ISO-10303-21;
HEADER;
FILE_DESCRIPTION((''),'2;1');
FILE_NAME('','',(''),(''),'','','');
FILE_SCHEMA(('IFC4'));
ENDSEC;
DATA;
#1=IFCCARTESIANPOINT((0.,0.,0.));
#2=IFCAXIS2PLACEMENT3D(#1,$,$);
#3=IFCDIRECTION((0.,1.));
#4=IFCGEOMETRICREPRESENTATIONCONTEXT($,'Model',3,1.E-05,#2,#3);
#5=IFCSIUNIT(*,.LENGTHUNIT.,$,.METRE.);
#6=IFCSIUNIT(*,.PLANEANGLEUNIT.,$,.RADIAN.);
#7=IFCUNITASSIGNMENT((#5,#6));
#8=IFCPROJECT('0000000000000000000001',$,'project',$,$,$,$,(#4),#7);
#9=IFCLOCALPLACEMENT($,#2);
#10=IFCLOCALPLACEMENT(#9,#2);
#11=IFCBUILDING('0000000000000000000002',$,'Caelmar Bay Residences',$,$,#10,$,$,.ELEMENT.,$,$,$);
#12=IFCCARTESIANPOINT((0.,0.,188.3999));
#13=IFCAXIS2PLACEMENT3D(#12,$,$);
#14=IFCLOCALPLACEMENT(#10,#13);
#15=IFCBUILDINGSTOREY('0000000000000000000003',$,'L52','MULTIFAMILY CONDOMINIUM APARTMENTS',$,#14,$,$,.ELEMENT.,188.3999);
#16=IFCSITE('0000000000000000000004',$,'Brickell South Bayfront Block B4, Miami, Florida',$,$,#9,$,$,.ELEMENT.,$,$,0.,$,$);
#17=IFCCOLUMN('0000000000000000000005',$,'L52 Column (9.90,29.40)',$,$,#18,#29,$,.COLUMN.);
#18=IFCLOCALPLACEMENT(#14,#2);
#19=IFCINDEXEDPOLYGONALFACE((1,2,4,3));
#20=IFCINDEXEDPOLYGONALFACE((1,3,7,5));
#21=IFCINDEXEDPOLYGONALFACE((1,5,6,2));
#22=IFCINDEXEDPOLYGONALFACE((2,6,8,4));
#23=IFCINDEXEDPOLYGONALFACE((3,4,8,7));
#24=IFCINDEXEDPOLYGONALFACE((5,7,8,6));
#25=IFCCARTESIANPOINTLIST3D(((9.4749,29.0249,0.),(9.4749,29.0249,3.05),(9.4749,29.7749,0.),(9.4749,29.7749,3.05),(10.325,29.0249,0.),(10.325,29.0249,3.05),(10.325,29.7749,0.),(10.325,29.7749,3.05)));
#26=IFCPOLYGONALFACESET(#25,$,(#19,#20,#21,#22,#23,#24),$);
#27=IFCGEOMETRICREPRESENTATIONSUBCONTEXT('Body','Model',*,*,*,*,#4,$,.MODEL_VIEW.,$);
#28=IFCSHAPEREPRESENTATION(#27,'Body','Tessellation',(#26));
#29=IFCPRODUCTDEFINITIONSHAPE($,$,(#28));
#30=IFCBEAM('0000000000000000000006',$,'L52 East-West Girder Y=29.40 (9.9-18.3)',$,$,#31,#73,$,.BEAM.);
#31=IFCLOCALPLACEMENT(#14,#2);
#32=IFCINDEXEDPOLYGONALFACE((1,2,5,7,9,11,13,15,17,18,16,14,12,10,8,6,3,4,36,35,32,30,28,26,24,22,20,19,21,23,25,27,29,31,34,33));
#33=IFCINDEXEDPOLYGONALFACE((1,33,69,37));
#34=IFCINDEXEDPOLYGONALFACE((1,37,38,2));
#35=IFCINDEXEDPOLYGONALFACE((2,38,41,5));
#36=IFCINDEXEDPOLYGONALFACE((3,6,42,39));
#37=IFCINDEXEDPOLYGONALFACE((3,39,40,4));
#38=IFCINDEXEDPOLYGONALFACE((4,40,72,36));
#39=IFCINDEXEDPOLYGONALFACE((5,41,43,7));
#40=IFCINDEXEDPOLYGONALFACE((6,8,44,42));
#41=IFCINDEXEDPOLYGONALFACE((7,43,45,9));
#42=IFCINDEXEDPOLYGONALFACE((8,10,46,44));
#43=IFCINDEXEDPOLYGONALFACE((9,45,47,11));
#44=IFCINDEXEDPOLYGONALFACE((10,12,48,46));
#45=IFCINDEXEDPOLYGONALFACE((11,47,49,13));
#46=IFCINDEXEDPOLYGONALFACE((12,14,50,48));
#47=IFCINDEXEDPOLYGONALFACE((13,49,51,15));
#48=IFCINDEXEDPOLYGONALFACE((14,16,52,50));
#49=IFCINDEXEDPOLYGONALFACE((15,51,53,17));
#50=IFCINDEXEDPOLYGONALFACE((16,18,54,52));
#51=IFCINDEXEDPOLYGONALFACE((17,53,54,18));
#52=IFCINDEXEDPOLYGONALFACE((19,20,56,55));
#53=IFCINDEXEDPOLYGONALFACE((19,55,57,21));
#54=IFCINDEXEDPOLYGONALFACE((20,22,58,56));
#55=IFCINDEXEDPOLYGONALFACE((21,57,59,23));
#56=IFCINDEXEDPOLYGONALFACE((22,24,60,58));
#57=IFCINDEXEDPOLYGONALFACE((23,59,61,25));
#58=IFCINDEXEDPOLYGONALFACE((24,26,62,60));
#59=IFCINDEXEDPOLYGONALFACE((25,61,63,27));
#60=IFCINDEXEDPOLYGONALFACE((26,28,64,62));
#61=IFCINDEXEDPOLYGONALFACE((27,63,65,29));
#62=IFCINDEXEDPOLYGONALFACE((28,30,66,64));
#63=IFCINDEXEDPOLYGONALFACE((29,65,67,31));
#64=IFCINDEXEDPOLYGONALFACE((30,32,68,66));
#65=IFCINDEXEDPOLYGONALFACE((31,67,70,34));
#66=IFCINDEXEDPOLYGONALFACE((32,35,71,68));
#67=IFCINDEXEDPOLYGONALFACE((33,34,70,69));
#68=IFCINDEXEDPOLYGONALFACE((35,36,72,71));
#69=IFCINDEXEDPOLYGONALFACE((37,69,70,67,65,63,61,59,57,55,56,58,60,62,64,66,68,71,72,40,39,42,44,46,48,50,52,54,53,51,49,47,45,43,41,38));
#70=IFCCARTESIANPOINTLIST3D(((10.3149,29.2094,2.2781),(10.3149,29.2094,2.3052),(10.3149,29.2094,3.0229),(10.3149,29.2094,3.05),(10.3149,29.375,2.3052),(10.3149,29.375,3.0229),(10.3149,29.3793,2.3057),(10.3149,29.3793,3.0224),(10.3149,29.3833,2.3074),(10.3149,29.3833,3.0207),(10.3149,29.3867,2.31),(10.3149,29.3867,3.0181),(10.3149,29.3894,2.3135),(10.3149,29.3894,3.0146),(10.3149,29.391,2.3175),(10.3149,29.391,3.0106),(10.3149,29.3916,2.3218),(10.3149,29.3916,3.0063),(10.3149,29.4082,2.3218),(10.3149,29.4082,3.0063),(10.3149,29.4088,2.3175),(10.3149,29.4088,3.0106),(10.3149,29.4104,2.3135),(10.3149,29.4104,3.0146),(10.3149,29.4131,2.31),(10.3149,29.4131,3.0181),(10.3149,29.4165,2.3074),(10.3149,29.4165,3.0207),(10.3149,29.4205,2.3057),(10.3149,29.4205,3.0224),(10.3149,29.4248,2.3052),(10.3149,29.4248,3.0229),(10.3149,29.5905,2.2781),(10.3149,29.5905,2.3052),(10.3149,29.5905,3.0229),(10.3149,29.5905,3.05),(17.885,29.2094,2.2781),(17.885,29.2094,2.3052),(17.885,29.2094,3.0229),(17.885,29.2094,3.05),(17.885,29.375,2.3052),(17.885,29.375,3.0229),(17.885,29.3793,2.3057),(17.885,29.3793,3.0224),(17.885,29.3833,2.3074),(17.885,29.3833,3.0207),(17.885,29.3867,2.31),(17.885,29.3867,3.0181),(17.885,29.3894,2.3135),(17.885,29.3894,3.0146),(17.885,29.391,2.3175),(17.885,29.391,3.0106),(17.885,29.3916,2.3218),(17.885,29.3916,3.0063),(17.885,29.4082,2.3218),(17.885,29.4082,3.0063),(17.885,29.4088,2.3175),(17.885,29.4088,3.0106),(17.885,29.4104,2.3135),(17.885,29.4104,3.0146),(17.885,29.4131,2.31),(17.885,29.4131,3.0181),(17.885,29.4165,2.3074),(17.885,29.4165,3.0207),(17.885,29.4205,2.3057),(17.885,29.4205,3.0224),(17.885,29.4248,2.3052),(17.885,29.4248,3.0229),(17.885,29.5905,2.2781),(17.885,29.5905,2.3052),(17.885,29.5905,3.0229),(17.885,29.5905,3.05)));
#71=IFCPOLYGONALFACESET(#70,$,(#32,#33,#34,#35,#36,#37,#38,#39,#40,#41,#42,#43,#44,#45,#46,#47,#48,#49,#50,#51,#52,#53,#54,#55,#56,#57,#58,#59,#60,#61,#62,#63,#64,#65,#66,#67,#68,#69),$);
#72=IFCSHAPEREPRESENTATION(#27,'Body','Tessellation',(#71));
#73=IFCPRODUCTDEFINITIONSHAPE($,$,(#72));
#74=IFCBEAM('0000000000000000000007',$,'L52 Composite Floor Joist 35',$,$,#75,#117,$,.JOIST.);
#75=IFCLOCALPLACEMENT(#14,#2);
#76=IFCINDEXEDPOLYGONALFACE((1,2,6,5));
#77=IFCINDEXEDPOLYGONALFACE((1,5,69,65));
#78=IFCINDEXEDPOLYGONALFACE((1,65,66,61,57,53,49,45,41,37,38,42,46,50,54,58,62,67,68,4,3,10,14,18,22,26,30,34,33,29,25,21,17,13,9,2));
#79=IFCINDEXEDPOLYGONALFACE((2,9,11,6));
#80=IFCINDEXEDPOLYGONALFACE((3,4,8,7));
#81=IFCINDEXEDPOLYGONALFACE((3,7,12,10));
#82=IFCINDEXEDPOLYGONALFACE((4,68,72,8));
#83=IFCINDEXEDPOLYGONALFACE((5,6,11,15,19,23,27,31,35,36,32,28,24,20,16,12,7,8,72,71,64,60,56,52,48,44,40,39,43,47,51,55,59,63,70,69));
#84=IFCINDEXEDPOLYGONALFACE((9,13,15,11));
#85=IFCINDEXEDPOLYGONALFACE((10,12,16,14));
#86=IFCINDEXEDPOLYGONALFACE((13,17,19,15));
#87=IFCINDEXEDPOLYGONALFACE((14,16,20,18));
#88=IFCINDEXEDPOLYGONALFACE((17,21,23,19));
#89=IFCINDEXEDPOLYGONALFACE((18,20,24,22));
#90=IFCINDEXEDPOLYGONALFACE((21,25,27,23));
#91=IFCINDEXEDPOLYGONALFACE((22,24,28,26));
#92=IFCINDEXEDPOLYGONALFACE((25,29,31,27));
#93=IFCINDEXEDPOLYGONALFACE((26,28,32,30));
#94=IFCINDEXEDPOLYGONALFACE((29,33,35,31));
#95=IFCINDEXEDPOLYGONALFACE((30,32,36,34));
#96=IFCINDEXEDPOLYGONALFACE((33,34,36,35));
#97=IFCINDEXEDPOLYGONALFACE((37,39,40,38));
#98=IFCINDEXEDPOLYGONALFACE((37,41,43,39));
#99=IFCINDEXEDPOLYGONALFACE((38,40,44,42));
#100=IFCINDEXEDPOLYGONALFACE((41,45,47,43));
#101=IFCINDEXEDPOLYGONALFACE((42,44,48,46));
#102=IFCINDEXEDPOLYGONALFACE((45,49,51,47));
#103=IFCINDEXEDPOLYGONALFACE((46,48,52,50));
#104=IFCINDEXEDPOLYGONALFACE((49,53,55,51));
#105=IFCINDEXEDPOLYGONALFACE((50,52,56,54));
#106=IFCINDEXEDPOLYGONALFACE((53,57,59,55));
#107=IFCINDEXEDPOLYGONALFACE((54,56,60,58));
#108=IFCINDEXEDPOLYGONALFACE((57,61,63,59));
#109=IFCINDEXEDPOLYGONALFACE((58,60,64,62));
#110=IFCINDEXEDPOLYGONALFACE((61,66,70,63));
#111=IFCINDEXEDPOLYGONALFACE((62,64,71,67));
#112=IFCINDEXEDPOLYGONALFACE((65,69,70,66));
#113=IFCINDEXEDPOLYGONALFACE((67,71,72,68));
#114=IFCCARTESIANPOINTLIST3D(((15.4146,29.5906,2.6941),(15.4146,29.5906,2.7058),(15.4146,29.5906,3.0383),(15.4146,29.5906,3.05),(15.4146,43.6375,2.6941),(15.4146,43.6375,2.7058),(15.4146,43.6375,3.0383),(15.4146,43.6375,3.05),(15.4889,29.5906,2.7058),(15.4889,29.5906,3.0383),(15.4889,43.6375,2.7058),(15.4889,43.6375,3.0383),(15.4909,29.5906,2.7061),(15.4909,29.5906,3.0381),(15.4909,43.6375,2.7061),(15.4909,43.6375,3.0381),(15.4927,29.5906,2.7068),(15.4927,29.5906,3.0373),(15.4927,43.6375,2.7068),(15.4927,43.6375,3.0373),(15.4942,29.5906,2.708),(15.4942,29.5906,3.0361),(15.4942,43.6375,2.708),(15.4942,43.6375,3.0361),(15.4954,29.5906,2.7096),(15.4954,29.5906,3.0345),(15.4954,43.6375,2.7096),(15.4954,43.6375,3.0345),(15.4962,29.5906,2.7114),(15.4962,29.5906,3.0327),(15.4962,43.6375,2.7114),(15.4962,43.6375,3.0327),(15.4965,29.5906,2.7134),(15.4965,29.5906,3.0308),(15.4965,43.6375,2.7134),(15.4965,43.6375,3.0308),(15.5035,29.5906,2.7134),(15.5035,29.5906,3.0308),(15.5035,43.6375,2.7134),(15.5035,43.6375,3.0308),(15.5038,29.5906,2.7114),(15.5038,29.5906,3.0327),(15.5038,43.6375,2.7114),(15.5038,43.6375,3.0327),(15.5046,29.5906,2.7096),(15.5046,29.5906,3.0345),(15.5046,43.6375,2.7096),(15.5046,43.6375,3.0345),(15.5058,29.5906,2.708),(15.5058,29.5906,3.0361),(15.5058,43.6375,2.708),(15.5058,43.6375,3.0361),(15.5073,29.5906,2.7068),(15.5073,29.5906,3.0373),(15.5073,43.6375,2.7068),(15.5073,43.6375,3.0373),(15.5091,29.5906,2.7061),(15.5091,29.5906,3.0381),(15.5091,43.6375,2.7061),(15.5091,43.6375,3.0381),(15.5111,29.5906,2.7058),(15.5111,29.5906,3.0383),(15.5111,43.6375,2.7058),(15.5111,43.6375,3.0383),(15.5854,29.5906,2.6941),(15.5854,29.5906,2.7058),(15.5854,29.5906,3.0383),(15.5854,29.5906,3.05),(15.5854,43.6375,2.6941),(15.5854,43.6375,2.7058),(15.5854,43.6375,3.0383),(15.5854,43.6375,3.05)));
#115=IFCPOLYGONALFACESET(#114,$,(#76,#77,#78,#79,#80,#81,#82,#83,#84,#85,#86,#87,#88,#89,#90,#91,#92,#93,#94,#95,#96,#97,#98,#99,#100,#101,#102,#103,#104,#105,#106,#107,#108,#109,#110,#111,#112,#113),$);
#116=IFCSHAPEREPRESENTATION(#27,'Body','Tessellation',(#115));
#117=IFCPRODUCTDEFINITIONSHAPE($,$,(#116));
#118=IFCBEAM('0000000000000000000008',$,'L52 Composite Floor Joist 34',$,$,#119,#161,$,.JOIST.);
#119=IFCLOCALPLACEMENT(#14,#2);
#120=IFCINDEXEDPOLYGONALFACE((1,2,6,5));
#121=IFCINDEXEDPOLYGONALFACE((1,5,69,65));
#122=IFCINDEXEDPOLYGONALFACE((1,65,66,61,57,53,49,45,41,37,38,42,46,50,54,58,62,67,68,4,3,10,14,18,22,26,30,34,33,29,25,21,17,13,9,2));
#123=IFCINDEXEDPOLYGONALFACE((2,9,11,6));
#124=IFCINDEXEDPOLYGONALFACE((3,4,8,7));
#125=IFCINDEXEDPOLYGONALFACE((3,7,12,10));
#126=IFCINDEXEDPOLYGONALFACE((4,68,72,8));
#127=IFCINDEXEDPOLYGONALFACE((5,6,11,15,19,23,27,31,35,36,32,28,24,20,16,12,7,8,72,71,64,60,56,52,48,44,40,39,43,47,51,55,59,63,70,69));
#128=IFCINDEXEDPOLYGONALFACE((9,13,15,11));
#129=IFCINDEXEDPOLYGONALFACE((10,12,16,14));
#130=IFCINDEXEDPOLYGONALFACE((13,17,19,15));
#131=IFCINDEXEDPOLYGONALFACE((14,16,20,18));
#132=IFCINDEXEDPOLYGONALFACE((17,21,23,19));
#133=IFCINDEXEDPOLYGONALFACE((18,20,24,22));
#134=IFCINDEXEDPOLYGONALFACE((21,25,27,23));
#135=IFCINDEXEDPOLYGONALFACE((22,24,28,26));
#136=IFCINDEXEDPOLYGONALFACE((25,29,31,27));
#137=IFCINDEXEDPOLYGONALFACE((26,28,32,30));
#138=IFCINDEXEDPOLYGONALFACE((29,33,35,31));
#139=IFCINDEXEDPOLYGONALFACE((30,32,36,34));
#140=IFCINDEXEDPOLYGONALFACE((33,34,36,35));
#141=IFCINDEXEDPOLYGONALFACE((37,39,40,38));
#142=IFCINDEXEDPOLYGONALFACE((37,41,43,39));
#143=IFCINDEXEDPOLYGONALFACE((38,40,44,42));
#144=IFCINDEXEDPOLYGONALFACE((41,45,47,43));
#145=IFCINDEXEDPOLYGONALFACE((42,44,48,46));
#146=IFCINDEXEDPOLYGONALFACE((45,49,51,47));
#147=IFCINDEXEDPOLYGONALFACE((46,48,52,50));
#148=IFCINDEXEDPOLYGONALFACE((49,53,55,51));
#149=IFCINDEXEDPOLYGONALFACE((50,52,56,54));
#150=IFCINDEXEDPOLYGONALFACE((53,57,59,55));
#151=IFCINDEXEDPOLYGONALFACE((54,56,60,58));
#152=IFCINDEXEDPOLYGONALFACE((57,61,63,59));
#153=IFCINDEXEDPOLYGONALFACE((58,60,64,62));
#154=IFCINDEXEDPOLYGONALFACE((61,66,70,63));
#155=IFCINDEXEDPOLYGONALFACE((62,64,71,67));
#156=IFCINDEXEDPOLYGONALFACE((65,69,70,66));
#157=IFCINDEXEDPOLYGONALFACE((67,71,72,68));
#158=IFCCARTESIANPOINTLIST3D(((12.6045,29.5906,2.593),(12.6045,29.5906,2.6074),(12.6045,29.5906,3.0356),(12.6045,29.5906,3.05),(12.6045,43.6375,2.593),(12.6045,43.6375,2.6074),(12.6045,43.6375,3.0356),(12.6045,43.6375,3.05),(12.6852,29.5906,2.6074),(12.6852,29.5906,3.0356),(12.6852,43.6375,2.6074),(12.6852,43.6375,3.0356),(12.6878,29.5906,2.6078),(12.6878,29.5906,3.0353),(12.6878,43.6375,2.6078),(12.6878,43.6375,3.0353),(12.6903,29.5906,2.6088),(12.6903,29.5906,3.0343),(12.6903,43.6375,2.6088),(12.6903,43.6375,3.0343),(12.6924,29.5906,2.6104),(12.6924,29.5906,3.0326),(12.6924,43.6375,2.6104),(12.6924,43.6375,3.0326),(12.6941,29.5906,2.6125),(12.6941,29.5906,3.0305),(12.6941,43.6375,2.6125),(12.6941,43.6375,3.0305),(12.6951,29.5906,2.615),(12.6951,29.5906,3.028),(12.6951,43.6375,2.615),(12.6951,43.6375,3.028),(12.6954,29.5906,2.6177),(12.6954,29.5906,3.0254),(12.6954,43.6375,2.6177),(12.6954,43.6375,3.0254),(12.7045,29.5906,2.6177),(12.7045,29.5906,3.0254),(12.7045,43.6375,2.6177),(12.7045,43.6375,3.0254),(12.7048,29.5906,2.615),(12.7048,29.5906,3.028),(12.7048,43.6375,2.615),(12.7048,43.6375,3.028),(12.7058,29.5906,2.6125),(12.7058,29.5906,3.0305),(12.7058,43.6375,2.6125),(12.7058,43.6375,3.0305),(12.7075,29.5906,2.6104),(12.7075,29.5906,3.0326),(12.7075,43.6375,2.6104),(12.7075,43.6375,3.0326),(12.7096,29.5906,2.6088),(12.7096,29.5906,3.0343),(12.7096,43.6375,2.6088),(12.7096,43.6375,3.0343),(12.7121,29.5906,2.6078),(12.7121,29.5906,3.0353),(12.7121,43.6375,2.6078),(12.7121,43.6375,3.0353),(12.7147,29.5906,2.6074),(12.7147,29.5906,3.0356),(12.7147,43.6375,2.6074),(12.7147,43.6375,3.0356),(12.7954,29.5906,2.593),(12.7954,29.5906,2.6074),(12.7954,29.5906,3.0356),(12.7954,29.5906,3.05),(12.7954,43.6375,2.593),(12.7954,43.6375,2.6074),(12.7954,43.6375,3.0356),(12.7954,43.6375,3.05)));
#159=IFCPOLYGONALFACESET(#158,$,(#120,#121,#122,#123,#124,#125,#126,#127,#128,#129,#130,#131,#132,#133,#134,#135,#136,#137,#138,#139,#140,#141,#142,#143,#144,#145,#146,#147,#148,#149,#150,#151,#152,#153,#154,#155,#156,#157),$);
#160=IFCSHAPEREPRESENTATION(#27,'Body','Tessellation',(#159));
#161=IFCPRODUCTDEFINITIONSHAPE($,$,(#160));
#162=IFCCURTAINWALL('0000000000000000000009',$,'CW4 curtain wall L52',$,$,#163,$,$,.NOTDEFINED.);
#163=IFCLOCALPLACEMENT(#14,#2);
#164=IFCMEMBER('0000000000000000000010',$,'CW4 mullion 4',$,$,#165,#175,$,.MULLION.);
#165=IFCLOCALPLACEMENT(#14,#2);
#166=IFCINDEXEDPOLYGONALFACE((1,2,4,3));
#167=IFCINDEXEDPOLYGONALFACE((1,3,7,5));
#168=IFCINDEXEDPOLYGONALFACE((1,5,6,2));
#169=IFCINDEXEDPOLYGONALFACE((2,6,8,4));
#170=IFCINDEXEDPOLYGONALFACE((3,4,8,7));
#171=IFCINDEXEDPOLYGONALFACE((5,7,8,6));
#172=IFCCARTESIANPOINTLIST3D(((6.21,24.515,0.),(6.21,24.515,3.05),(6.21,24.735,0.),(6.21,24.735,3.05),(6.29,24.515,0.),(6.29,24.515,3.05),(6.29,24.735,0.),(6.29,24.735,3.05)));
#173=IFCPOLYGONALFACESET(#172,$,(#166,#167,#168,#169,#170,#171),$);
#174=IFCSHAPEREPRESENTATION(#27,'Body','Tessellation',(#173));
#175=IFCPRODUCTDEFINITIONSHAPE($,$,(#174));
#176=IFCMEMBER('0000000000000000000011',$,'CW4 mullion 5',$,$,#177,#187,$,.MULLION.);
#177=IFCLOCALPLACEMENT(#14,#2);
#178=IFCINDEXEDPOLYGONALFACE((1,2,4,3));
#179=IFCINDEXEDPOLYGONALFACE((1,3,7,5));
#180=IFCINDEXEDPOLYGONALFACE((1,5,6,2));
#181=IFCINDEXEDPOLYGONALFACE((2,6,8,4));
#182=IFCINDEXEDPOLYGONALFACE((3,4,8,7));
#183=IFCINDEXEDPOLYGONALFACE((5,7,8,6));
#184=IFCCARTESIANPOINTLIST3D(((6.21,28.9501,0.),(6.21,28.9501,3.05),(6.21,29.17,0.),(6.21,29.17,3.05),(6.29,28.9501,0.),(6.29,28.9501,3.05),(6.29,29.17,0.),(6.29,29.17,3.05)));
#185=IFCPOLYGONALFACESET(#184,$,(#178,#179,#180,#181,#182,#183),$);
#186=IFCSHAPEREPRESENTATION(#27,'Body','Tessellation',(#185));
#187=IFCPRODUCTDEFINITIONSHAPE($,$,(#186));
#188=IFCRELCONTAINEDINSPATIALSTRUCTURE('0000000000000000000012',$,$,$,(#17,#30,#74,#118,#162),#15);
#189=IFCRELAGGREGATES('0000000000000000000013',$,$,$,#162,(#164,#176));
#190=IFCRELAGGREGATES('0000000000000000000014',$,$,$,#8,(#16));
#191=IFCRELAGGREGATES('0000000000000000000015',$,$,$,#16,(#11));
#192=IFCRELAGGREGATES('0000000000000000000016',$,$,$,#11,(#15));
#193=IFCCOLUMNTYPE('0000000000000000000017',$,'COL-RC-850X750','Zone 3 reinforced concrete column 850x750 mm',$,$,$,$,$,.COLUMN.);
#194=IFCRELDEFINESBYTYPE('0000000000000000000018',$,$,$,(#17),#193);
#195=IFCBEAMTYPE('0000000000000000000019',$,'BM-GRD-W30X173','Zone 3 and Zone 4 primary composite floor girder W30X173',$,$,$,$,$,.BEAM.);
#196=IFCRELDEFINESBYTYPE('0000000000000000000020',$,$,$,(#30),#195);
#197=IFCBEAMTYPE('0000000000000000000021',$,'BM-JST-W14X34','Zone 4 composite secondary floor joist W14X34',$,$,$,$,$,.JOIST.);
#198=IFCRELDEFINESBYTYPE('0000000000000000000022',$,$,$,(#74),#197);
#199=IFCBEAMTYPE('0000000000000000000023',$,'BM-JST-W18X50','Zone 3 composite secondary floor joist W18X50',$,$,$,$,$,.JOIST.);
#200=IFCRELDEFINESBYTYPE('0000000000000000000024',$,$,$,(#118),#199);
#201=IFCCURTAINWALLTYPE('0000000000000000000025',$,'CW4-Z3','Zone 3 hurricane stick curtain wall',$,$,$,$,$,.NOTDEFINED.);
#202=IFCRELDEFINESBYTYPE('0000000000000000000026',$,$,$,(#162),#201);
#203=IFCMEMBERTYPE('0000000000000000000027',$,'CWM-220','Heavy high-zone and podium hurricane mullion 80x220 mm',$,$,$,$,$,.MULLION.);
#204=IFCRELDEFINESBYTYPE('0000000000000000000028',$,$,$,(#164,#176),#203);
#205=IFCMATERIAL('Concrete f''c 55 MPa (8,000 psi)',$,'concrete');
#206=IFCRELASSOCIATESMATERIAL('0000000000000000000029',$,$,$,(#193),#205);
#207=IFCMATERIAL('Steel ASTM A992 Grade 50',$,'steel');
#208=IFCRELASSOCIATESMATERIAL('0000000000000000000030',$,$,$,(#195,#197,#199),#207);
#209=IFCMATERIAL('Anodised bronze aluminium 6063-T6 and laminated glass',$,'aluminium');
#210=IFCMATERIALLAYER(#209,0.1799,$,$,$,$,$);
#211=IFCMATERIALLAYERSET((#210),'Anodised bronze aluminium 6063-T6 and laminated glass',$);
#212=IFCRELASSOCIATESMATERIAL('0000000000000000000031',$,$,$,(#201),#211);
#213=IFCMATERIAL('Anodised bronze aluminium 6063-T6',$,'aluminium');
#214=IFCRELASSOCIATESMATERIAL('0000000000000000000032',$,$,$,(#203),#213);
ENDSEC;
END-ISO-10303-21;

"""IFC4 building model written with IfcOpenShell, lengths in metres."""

from ifc_helpers import new_model, si_unit, direction, frame, origin, origin_2d, place, context, subcontext, project, spatial, rectangle, i_section, extrude, material, layer, layer_set, material_profile, profile_set, type_object, element, aggregate, save


model = new_model("IFC4")

# Units and contexts
model_context = context("Model", 3, precision=1e-05, world=origin(), true_north=direction((0.0, 1.0)))
body_context = subcontext(model_context, "Body", "Model", "MODEL_VIEW")
ifc_project = project(units=[si_unit("LENGTHUNIT", "METRE"), si_unit("PLANEANGLEUNIT", "RADIAN")], contexts=[model_context])

# Site, building, storey
site_placement = place(None, origin())
site = spatial("IfcSite", under=ifc_project, at=site_placement, Name="Brickell South Bayfront Block B4, Miami, Florida", CompositionType="ELEMENT", RefElevation=0.0)
building_placement = place(site_placement, origin())
building = spatial("IfcBuilding", under=site, at=building_placement, Name="Caelmar Bay Residences", CompositionType="ELEMENT")
storey_placement = place(building_placement, frame((0.0, 0.0, 188.3999)))
storey = spatial("IfcBuildingStorey", under=building, at=storey_placement, Name="L52", Description="MULTIFAMILY CONDOMINIUM APARTMENTS", CompositionType="ELEMENT", Elevation=188.3999)

# Column
ifc_material_1 = material(Name="Concrete f'c 55 MPa (8,000 psi)", Category="concrete")
ifc_material_profile_1 = material_profile(ifc_material_1, rectangle(XDim=0.8501, YDim=0.75, at=origin_2d()), Name="RC-COL-850X750")
ifc_profile_set_1 = profile_set([ifc_material_profile_1], Name="Concrete f'c 55 MPa (8,000 psi)")
column_type = type_object("IfcColumnType", Name="COL-RC-850X750", Description="Zone 3 reinforced concrete column 850x750 mm", PredefinedType="COLUMN", material=ifc_profile_set_1)
column_placement = place(storey_placement, frame((9.8999, 29.3999, 0.0), z_axis=(0.0, 0.0, 1.0), x_axis=(1.0, 0.0, 0.0)))
element("IfcColumn", 1, at=column_placement, inside=storey, type_object=column_type, Name="L52 Column (9.90,29.40)", PredefinedType="COLUMN", context=body_context, shape_type="SweptSolid", body=[
    extrude(rectangle(XDim=0.8501, YDim=0.75, at=origin_2d()), origin(), (0.0, 0.0, 1.0), 3.05),
])

# Beams
ifc_material_2 = material(Name="Steel ASTM A992 Grade 50", Category="steel")
ifc_material_profile_2 = material_profile(ifc_material_2, i_section(OverallWidth=0.3811, OverallDepth=0.772, WebThickness=0.0166, FlangeThickness=0.0271, FilletRadius=0.0166, at=origin_2d()), Name="W30X173")
ifc_profile_set_2 = profile_set([ifc_material_profile_2], Name="Steel ASTM A992 Grade 50")
beam_type_1 = type_object("IfcBeamType", Name="BM-GRD-W30X173", Description="Zone 3 and Zone 4 primary composite floor girder W30X173", PredefinedType="BEAM", material=ifc_profile_set_2)
beam_1_placement = place(storey_placement, frame((10.3149, 29.3999, 2.6641), z_axis=(1.0, 0.0, 0.0), x_axis=(0.0, 1.0, 0.0)))
element("IfcBeam", 2, at=beam_1_placement, inside=storey, type_object=beam_type_1, Name="L52 East-West Girder Y=29.40 (9.9-18.3)", PredefinedType="BEAM", context=body_context, shape_type="SweptSolid", body=[
    extrude(i_section(OverallWidth=0.3811, OverallDepth=0.772, WebThickness=0.0166, FlangeThickness=0.0271, FilletRadius=0.0166, at=origin_2d()), origin(), (0.0, 0.0, 1.0), 7.5701),
])
ifc_material_profile_3 = material_profile(ifc_material_2, i_section(OverallWidth=0.1709, OverallDepth=0.356, WebThickness=0.0071, FlangeThickness=0.0117, FilletRadius=0.0076, at=origin_2d()), Name="W14X34")
ifc_profile_set_3 = profile_set([ifc_material_profile_3], Name="Steel ASTM A992 Grade 50")
beam_type_2 = type_object("IfcBeamType", Name="BM-JST-W14X34", Description="Zone 4 composite secondary floor joist W14X34", PredefinedType="JOIST", material=ifc_profile_set_3)
beam_2_placement = place(storey_placement, frame((15.5, 29.5906, 2.8721), z_axis=(0.0, 1.0, 0.0), x_axis=(-1.0, 0.0, 0.0)))
element("IfcBeam", 3, at=beam_2_placement, inside=storey, type_object=beam_type_2, Name="L52 Composite Floor Joist 35", PredefinedType="JOIST", context=body_context, shape_type="SweptSolid", body=[
    extrude(i_section(OverallWidth=0.1709, OverallDepth=0.356, WebThickness=0.0071, FlangeThickness=0.0117, FilletRadius=0.0076, at=origin_2d()), origin(), (0.0, 0.0, 1.0), 14.0469),
])
ifc_material_profile_4 = material_profile(ifc_material_2, i_section(OverallWidth=0.1909, OverallDepth=0.457, WebThickness=0.009, FlangeThickness=0.0144, FilletRadius=0.0103, at=origin_2d()), Name="W18X50")
ifc_profile_set_4 = profile_set([ifc_material_profile_4], Name="Steel ASTM A992 Grade 50")
beam_type_3 = type_object("IfcBeamType", Name="BM-JST-W18X50", Description="Zone 3 composite secondary floor joist W18X50", PredefinedType="JOIST", material=ifc_profile_set_4)
beam_3_placement = place(storey_placement, frame((12.7, 29.5906, 2.8215), z_axis=(0.0, 1.0, 0.0), x_axis=(-1.0, 0.0, 0.0)))
element("IfcBeam", 4, at=beam_3_placement, inside=storey, type_object=beam_type_3, Name="L52 Composite Floor Joist 34", PredefinedType="JOIST", context=body_context, shape_type="SweptSolid", body=[
    extrude(i_section(OverallWidth=0.1909, OverallDepth=0.457, WebThickness=0.009, FlangeThickness=0.0144, FilletRadius=0.0103, at=origin_2d()), origin(), (0.0, 0.0, 1.0), 14.0469),
])

# Curtain wall, members
ifc_material_3 = material(Name="Anodised bronze aluminium 6063-T6 and laminated glass", Category="aluminium")
ifc_layer_1 = layer(ifc_material_3, 0.1799)
ifc_layer_set_1 = layer_set([ifc_layer_1], Name="Anodised bronze aluminium 6063-T6 and laminated glass")
curtain_wall_type = type_object("IfcCurtainWallType", Name="CW4-Z3", Description="Zone 3 hurricane stick curtain wall", PredefinedType="NOTDEFINED", material=ifc_layer_set_1)
curtain_wall_placement = place(storey_placement, origin())
curtain_wall = element("IfcCurtainWall", 5, at=curtain_wall_placement, inside=storey, type_object=curtain_wall_type, Name="CW4 curtain wall L52", PredefinedType="NOTDEFINED")
ifc_material_4 = material(Name="Anodised bronze aluminium 6063-T6", Category="aluminium")
ifc_material_profile_5 = material_profile(ifc_material_4, rectangle(XDim=0.0801, YDim=0.22, at=origin_2d()), Name="CWM-80X220")
ifc_profile_set_5 = profile_set([ifc_material_profile_5], Name="Anodised bronze aluminium 6063-T6")
member_type_1 = type_object("IfcMemberType", Name="CWM-220", Description="Heavy high-zone and podium hurricane mullion 80x220 mm", PredefinedType="MULLION", material=ifc_profile_set_5)
member_1_placement = place(storey_placement, frame((6.25, 24.625, 0.0), z_axis=(0.0, 0.0, 1.0), x_axis=(-1.0, 0.0, 0.0)))
member_1 = element("IfcMember", 6, at=member_1_placement, type_object=member_type_1, Name="CW4 mullion 4", PredefinedType="MULLION", context=body_context, shape_type="SweptSolid", body=[
    extrude(rectangle(XDim=0.0801, YDim=0.22, at=origin_2d()), origin(), (0.0, 0.0, 1.0), 3.05),
])
member_2_placement = place(storey_placement, frame((6.25, 29.0601, 0.0), z_axis=(0.0, 0.0, 1.0), x_axis=(-1.0, 0.0, 0.0)))
member_2 = element("IfcMember", 7, at=member_2_placement, type_object=member_type_1, Name="CW4 mullion 5", PredefinedType="MULLION", context=body_context, shape_type="SweptSolid", body=[
    extrude(rectangle(XDim=0.0801, YDim=0.22, at=origin_2d()), origin(), (0.0, 0.0, 1.0), 3.05),
])
aggregate(curtain_wall, [member_1, member_2])

save(model, "model.ifc")
